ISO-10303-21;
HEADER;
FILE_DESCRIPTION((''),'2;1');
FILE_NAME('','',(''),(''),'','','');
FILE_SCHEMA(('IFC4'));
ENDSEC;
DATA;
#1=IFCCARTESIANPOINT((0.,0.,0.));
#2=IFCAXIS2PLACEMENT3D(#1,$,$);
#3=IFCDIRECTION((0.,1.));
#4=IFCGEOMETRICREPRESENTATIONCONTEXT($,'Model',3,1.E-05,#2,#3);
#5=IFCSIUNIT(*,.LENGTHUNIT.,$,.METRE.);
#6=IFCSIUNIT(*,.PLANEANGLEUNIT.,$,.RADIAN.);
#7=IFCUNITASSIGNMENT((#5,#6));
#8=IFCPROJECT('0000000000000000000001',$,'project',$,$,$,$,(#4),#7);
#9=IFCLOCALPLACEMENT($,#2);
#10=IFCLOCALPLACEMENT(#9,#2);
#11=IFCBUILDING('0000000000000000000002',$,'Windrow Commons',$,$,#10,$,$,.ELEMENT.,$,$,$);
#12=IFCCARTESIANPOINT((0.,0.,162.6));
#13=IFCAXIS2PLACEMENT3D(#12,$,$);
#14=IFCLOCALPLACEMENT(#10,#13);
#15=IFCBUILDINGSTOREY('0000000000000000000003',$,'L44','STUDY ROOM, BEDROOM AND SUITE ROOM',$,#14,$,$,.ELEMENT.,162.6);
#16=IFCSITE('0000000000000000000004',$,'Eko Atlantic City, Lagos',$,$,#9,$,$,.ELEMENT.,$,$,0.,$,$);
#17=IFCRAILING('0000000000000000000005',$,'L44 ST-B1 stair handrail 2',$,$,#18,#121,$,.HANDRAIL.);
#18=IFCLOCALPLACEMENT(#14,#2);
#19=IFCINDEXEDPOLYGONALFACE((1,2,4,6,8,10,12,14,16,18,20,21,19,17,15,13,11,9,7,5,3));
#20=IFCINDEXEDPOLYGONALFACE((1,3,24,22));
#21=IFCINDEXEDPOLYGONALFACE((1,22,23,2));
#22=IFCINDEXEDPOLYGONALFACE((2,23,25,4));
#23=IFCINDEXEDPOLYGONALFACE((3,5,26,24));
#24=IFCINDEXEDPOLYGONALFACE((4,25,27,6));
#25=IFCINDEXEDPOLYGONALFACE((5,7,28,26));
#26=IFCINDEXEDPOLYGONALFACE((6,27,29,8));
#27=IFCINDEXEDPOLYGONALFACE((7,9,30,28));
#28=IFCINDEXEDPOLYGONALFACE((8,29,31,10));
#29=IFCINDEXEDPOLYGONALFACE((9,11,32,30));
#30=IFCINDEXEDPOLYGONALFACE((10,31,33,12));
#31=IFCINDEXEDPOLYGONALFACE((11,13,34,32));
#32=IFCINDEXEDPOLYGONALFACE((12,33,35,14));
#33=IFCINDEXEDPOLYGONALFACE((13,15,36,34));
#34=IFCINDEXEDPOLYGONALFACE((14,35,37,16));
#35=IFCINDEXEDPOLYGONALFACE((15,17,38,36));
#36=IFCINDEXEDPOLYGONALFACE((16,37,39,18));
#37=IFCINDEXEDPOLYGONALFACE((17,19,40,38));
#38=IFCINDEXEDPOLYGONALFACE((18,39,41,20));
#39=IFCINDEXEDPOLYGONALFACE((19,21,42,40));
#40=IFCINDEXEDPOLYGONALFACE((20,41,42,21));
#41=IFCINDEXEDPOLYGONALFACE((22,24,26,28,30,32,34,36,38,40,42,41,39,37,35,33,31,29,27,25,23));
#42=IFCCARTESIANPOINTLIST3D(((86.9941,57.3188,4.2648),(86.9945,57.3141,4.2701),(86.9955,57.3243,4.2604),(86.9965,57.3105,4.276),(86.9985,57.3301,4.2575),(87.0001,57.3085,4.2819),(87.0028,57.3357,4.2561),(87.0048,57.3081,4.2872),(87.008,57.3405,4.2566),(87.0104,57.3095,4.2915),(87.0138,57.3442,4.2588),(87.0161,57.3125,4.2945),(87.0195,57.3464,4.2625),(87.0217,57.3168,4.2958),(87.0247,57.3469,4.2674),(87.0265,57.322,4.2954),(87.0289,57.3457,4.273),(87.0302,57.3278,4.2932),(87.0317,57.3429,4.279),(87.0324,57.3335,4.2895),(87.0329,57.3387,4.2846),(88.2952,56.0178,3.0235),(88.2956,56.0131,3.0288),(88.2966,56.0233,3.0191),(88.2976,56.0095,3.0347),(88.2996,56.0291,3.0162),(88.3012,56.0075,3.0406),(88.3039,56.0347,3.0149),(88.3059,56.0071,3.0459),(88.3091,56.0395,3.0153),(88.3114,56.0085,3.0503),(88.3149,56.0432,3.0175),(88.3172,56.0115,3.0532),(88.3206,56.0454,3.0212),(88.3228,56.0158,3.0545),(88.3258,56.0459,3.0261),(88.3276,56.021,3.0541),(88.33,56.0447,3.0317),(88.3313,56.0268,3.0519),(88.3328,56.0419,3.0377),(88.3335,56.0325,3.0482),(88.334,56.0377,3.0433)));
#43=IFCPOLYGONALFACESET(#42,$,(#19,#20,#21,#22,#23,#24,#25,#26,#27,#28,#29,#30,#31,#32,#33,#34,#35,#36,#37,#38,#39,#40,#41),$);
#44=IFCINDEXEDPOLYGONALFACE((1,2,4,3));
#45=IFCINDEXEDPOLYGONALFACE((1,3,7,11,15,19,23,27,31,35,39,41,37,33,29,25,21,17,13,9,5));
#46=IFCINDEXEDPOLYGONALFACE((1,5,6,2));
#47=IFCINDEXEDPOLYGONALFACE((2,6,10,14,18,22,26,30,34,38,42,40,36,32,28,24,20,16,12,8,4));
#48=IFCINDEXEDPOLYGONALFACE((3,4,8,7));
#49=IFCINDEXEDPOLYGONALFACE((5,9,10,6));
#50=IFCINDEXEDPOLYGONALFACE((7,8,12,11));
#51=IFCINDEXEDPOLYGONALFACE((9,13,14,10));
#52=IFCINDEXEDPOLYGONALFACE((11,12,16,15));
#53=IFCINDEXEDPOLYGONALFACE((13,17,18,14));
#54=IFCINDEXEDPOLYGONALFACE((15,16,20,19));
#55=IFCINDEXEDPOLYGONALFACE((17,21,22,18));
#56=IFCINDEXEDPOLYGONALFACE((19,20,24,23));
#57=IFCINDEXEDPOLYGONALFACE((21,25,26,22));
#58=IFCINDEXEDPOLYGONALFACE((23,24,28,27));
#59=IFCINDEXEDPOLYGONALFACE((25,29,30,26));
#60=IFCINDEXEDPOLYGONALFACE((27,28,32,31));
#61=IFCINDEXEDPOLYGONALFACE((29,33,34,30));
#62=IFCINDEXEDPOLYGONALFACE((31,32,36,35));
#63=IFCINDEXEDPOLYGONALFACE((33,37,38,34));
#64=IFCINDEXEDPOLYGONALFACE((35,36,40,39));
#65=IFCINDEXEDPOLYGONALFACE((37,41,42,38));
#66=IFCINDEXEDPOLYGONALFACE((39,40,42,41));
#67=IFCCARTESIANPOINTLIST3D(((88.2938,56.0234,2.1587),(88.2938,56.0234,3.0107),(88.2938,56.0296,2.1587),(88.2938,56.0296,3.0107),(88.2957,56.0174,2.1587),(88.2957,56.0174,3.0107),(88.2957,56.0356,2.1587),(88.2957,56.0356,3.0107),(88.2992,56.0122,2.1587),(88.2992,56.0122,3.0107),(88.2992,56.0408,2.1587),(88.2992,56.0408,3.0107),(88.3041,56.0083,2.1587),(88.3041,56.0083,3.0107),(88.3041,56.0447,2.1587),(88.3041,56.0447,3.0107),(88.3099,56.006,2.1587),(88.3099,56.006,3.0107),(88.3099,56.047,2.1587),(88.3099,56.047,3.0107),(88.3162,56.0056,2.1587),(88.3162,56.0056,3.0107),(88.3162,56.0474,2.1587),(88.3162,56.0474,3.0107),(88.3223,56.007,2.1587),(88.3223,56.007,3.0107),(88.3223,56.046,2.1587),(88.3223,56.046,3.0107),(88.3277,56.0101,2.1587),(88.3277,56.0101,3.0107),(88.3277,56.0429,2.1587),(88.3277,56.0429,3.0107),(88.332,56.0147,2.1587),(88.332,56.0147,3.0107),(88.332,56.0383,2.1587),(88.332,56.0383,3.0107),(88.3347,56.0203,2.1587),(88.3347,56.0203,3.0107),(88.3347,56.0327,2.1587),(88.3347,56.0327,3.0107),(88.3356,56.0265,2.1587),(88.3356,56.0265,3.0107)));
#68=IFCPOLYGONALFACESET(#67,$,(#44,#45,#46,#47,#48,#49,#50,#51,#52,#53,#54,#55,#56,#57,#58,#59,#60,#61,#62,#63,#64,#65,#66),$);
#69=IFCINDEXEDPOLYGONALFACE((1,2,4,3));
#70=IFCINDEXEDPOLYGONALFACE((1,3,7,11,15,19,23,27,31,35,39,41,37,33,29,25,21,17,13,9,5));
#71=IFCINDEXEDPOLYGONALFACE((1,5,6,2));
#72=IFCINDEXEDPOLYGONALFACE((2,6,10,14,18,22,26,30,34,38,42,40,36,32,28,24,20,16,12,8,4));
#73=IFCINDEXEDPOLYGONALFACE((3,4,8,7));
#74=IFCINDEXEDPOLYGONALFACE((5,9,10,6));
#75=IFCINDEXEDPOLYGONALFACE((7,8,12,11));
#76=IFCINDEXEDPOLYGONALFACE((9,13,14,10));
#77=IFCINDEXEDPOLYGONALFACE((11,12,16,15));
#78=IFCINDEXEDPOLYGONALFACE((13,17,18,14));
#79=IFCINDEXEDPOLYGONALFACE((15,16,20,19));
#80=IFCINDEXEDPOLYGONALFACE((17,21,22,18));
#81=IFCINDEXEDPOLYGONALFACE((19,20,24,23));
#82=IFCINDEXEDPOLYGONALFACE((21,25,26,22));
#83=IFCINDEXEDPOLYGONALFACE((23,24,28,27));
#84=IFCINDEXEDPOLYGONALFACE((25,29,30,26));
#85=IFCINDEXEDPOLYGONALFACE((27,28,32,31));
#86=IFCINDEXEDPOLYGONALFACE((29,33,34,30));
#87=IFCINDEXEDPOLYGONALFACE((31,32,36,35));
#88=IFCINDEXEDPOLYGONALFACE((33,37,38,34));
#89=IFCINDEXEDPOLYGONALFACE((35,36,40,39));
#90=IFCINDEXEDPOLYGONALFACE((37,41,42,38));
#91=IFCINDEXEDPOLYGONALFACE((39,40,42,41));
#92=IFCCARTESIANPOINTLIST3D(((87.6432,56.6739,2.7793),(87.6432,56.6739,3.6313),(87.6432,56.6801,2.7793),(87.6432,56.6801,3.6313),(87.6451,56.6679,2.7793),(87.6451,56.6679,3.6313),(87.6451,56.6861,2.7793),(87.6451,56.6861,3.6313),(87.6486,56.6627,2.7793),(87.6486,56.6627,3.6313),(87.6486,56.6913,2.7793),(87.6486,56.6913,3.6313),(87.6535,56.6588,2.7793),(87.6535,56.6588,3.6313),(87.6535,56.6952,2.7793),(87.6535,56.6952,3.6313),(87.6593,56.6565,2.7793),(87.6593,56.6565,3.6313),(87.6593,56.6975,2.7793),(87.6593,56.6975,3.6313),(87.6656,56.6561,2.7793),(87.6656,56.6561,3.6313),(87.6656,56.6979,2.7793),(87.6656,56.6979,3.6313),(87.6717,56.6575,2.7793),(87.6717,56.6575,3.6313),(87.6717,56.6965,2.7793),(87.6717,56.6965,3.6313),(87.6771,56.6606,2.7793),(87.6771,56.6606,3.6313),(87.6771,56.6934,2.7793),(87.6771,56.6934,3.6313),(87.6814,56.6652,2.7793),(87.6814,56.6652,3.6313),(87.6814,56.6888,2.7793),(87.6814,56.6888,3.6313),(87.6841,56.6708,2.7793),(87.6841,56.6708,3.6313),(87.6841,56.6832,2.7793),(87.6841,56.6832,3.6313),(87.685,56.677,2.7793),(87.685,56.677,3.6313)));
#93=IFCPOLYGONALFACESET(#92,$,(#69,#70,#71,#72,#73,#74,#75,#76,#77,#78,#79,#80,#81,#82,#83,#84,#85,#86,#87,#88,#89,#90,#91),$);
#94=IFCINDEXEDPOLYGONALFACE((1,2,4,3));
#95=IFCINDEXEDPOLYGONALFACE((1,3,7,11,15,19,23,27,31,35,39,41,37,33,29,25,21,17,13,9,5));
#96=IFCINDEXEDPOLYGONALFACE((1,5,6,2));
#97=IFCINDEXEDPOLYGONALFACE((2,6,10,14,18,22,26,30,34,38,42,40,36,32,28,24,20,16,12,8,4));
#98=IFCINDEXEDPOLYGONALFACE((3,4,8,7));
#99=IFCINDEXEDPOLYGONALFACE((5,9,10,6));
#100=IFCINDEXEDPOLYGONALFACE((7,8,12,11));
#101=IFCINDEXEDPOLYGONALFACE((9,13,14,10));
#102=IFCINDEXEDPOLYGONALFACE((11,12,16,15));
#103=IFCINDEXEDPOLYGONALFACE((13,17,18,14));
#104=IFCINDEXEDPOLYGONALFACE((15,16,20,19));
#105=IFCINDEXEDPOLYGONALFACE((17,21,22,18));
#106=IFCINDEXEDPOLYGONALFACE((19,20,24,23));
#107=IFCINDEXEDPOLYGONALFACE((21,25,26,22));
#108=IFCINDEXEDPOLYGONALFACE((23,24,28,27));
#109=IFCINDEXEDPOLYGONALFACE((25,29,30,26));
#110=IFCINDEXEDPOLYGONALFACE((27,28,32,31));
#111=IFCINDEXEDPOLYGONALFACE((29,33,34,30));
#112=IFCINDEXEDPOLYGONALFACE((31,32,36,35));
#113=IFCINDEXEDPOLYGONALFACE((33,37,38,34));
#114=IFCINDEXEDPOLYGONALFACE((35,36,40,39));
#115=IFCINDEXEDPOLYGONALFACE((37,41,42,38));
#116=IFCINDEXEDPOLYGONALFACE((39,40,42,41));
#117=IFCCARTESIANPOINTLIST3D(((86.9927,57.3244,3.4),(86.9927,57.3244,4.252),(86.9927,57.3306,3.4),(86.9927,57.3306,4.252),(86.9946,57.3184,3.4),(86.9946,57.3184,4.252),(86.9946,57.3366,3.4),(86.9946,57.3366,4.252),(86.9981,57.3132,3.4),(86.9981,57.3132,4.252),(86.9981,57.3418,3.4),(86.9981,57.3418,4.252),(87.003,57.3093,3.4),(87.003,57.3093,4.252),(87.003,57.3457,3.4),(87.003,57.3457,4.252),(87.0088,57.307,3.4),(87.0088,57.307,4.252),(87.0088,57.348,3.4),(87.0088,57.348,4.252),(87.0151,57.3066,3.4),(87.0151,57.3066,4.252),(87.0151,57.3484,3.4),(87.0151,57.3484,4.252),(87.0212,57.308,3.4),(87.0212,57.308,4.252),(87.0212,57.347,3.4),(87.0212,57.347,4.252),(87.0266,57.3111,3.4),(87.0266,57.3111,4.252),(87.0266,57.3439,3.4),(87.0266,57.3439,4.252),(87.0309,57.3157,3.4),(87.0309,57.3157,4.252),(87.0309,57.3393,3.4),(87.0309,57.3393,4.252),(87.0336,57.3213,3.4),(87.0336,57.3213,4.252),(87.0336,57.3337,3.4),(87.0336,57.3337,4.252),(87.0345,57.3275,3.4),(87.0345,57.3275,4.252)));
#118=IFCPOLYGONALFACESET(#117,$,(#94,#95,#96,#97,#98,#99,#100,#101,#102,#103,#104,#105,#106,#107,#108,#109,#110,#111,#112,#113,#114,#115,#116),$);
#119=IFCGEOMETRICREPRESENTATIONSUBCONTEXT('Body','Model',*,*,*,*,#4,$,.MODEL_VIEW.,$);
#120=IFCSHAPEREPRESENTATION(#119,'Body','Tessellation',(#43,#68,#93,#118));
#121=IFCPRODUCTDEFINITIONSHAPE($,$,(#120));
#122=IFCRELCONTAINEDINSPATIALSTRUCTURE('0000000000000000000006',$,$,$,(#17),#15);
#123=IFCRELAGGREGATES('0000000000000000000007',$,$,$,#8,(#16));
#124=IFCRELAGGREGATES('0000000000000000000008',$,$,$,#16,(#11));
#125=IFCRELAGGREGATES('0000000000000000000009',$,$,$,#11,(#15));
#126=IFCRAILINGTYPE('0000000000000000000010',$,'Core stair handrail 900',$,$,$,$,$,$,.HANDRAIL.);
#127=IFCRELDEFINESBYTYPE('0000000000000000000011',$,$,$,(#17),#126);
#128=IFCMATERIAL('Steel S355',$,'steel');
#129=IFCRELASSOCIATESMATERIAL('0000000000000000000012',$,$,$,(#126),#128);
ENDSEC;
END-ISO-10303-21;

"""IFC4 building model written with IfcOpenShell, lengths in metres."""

from ifc_helpers import new_model, si_unit, direction, frame, origin, origin_2d, place, context, subcontext, project, spatial, circle, extrude, material, type_object, element, save


model = new_model("IFC4")

# Units and contexts
model_context = context("Model", 3, precision=1e-05, world=origin(), true_north=direction((0.0, 1.0)))
body_context = subcontext(model_context, "Body", "Model", "MODEL_VIEW")
ifc_project = project(units=[si_unit("LENGTHUNIT", "METRE"), si_unit("PLANEANGLEUNIT", "RADIAN")], contexts=[model_context])

# Site, building, storey
site_placement = place(None, origin())
site = spatial("IfcSite", under=ifc_project, at=site_placement, Name="Eko Atlantic City, Lagos", CompositionType="ELEMENT", RefElevation=0.0)
building_placement = place(site_placement, origin())
building = spatial("IfcBuilding", under=site, at=building_placement, Name="Windrow Commons", CompositionType="ELEMENT")
storey_placement = place(building_placement, frame((0.0, 0.0, 162.6)))
storey = spatial("IfcBuildingStorey", under=building, at=storey_placement, Name="L44", Description="STUDY ROOM, BEDROOM AND SUITE ROOM", CompositionType="ELEMENT", Elevation=162.6)

# Railing
ifc_material_1 = material(Name="Steel S355", Category="steel")
railing_type_1 = type_object("IfcRailingType", Name="Core stair handrail 900", PredefinedType="HANDRAIL", material=ifc_material_1)
railing_1_placement = place(storey_placement, frame((88.3146, 56.0265, 2.1587)))
element("IfcRailing", 1, at=railing_1_placement, inside=storey, type_object=railing_type_1, Name="L44 ST-B1 stair handrail 2", PredefinedType="HANDRAIL", context=body_context, shape_type="SweptSolid", body=[
    extrude(circle(Radius=0.024, at=origin_2d()), frame((0.0, 0.0, 0.876), z_axis=(-0.586207, 0.586162, 0.559264), x_axis=(-0.70708, -0.707134, 0.0)), (0.0, 0.0, 1.0), 2.2195),
    extrude(circle(Radius=0.021, at=origin_2d()), origin(), (0.0, 0.0, 1.0), 0.852),
    extrude(circle(Radius=0.021, at=origin_2d()), frame((-0.6506, 0.6505, 0.6206)), (0.0, 0.0, 1.0), 0.852),
    extrude(circle(Radius=0.021, at=origin_2d()), frame((-1.3011, 1.301, 1.2413)), (0.0, 0.0, 1.0), 0.852),
])

save(model, "model.ifc")
